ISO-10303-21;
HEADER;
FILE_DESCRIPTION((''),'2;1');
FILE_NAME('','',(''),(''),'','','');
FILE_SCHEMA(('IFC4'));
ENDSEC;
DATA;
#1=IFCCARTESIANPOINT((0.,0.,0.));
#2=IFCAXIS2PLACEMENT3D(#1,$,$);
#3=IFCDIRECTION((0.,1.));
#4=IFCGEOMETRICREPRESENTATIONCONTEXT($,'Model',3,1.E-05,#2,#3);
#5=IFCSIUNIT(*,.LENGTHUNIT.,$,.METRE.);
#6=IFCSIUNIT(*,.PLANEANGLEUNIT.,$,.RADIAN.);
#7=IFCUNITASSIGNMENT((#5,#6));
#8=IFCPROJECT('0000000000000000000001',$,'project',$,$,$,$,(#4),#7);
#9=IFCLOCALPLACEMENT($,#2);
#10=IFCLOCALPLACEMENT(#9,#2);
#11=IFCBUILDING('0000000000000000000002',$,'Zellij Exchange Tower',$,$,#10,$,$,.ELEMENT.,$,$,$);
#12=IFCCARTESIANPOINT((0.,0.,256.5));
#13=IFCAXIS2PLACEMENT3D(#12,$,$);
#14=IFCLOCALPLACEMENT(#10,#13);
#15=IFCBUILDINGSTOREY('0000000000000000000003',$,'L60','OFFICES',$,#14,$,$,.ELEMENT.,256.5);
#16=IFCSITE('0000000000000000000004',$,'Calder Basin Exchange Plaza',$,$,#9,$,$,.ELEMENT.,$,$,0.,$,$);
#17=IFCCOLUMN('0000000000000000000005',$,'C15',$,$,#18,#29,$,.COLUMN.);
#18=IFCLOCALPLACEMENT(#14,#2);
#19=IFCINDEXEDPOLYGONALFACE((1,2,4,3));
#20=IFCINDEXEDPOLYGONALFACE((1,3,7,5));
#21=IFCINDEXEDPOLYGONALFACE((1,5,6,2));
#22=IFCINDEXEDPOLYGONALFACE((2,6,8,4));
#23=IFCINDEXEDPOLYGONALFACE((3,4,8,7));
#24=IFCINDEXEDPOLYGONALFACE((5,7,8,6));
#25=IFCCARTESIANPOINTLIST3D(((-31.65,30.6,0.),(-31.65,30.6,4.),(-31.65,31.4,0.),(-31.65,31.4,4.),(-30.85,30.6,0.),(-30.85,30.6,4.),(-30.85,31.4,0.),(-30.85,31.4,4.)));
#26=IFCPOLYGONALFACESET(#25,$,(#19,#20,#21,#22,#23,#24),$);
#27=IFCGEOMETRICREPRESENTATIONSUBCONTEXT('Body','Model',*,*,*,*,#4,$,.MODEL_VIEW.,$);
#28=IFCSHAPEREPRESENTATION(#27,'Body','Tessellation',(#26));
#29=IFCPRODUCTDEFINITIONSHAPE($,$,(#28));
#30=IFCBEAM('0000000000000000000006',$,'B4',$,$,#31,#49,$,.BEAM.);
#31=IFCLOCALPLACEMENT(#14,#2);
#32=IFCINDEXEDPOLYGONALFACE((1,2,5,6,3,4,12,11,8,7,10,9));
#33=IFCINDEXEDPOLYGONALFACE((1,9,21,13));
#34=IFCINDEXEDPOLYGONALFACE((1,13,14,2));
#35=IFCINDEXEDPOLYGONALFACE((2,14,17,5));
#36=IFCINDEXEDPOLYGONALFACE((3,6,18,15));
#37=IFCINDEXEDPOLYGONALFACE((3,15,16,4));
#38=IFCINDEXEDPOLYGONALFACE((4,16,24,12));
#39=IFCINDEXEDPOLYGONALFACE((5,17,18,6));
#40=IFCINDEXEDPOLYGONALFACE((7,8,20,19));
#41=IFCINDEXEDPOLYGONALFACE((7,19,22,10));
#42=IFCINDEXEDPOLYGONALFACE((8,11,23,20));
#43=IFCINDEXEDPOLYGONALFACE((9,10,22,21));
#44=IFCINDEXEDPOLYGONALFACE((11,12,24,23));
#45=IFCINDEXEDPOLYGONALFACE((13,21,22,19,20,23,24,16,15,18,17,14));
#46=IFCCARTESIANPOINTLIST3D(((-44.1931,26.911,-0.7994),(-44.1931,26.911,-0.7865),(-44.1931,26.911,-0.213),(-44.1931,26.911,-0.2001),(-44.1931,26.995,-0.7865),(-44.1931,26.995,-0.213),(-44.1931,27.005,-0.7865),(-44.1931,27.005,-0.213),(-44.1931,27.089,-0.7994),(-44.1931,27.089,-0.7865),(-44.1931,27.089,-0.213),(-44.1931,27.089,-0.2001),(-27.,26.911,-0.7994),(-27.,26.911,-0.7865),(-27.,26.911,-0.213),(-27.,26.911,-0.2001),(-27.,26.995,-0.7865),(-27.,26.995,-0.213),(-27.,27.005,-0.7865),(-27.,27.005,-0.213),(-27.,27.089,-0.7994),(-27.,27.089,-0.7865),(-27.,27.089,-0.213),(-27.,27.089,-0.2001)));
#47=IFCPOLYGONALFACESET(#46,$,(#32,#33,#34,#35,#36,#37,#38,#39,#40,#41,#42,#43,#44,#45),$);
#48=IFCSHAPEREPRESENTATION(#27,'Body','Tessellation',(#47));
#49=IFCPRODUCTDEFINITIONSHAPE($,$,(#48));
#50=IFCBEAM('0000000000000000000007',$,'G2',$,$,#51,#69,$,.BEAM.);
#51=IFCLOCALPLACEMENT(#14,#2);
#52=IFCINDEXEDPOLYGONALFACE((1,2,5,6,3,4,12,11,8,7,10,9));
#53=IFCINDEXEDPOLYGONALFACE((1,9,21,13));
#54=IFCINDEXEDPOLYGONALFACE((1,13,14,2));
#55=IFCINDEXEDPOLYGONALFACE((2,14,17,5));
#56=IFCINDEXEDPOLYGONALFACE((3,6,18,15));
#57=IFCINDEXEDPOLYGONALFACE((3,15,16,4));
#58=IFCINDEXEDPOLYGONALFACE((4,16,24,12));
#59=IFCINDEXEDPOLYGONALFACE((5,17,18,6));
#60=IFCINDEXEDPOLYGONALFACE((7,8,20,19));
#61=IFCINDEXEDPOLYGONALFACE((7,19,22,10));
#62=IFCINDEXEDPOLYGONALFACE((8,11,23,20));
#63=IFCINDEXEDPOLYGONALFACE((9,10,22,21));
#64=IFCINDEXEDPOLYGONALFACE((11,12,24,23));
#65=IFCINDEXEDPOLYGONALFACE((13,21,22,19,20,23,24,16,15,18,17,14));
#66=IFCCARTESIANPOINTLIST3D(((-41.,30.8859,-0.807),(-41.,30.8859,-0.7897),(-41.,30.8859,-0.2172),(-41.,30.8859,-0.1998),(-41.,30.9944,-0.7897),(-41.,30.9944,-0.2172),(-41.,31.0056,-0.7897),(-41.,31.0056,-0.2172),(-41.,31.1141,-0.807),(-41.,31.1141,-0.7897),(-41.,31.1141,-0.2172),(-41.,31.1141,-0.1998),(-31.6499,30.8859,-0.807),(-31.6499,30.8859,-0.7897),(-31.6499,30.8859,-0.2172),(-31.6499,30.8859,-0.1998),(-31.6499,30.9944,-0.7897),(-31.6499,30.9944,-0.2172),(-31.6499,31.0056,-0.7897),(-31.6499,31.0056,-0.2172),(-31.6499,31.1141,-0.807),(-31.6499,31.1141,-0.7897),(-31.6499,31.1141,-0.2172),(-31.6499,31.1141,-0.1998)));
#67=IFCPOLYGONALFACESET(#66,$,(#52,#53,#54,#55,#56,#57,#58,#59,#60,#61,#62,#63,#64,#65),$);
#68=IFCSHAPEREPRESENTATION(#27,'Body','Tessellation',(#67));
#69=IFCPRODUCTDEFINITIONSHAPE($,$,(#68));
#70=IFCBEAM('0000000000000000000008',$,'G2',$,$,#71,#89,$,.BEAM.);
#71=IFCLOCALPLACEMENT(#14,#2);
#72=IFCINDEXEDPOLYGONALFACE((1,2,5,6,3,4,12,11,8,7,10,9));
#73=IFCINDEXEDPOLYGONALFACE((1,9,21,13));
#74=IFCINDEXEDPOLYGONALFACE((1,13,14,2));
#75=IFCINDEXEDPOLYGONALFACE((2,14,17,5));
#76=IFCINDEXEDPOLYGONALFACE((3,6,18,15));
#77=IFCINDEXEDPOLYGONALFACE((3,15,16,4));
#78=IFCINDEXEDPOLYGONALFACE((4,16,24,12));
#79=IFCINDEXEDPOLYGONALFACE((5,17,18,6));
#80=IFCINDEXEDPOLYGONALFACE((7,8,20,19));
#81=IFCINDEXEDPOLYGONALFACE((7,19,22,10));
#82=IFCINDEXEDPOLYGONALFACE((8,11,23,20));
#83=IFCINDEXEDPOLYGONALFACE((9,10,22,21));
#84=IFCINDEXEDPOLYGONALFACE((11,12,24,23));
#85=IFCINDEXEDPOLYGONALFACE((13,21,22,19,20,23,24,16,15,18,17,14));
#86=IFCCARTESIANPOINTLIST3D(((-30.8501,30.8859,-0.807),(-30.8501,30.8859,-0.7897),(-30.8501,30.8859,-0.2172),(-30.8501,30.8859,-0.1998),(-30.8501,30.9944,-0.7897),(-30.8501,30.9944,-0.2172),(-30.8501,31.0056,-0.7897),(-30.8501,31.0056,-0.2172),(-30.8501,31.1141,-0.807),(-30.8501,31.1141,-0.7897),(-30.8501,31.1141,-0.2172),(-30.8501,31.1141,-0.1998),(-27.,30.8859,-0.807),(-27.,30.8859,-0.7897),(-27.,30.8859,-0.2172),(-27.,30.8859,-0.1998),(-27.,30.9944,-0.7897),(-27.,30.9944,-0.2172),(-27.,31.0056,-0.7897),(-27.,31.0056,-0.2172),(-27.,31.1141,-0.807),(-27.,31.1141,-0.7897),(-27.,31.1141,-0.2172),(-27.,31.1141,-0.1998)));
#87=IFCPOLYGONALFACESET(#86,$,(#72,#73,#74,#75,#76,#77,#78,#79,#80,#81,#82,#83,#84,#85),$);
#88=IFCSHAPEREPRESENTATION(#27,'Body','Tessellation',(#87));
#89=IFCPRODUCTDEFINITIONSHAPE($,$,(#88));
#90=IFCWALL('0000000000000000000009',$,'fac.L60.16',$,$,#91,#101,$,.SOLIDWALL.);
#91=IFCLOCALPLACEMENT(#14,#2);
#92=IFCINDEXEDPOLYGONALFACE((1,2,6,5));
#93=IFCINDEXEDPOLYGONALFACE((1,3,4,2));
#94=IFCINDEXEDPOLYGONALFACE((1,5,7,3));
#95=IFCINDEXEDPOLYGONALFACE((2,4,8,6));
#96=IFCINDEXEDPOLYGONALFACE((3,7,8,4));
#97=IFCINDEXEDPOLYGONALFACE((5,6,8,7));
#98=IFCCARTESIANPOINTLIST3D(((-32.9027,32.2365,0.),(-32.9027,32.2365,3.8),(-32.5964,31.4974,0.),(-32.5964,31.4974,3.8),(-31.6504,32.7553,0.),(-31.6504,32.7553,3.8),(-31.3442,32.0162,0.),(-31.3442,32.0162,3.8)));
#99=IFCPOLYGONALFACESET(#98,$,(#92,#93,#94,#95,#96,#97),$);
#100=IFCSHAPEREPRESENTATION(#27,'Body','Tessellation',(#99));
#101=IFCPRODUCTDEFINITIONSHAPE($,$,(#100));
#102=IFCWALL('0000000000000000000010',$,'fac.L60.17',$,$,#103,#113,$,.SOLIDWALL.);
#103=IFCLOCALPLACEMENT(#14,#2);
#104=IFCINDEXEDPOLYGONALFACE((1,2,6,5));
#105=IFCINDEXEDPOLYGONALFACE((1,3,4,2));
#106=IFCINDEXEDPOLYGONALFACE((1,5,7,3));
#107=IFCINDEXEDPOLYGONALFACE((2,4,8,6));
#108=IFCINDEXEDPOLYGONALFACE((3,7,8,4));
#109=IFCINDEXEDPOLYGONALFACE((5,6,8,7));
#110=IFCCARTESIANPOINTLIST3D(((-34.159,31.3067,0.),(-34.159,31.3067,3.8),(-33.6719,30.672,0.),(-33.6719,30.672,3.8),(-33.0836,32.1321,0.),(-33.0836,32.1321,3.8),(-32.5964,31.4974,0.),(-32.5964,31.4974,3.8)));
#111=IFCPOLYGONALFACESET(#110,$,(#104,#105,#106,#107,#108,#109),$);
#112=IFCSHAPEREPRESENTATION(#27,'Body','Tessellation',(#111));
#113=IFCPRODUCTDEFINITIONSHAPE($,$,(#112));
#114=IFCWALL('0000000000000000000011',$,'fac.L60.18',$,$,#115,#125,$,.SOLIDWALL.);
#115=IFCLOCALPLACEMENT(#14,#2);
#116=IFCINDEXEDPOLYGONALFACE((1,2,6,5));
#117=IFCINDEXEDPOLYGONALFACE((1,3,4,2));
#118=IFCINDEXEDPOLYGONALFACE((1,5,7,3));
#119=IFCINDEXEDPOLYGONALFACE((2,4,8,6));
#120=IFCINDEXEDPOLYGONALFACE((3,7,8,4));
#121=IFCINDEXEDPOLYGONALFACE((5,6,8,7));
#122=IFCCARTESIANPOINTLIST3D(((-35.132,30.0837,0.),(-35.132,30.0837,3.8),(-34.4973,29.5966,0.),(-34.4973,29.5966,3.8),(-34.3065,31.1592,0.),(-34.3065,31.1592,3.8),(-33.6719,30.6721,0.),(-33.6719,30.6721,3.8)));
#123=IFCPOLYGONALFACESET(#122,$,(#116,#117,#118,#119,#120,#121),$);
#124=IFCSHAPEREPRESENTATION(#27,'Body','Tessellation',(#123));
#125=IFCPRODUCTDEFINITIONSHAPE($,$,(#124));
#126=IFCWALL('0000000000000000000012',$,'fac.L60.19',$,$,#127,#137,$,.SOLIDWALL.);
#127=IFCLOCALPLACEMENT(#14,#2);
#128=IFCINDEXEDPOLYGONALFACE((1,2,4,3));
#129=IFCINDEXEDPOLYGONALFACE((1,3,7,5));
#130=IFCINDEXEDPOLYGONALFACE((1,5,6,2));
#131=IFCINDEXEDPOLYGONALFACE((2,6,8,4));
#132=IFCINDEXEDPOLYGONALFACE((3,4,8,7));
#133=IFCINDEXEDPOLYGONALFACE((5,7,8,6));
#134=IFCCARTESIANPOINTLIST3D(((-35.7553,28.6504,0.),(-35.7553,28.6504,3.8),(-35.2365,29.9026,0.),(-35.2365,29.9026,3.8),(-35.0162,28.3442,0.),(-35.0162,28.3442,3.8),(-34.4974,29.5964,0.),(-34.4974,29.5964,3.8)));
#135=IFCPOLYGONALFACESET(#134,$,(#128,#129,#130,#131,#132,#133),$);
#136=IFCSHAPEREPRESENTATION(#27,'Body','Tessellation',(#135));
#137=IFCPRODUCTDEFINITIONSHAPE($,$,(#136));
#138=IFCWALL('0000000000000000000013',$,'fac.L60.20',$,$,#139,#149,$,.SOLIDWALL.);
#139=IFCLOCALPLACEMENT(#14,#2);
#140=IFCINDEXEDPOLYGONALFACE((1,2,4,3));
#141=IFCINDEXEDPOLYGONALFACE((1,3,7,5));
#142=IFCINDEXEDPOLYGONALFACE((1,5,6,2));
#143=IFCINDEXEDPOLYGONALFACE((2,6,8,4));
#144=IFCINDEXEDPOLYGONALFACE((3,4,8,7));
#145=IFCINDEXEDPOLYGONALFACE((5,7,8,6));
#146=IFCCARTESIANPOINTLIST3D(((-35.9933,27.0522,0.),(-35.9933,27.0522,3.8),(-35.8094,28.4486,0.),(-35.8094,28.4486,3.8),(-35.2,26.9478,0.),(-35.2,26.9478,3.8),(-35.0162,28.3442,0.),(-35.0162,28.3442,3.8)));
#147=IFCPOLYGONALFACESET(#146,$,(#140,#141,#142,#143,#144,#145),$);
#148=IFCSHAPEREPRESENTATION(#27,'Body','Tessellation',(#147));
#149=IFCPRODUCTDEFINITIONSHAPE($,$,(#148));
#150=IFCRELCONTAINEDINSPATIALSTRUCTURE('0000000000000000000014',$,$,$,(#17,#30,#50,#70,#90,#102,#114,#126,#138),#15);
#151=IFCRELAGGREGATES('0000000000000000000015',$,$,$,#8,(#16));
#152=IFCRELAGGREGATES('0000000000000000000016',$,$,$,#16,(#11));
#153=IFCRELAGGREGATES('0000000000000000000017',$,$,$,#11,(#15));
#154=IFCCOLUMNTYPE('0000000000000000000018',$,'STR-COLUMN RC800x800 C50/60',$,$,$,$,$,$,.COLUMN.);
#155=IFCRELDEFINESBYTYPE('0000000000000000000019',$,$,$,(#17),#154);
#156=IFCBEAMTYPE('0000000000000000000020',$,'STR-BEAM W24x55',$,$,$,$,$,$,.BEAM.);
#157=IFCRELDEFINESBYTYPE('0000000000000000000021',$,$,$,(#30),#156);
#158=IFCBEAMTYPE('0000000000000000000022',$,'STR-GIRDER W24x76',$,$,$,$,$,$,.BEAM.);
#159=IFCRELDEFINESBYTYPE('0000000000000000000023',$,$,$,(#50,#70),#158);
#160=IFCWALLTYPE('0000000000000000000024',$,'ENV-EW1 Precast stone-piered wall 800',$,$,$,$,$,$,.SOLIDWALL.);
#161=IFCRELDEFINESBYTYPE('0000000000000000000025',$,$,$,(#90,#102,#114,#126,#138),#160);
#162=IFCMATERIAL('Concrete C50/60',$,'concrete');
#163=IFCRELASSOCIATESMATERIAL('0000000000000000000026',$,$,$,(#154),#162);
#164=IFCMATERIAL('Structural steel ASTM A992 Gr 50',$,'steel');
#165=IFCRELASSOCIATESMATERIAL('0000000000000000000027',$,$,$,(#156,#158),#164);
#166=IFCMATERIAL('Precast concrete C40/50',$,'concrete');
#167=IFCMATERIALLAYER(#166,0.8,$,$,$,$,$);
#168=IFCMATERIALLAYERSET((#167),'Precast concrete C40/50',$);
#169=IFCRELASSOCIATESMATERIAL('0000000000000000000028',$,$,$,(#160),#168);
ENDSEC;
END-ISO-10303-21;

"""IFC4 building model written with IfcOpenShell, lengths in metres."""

from ifc_helpers import new_model, si_unit, direction, frame, frame_2d, origin, origin_2d, place, context, subcontext, project, spatial, rectangle, i_section, extrude, material, layer, layer_set, material_profile, profile_set, type_object, element, save


model = new_model("IFC4")

# Units and contexts
model_context = context("Model", 3, precision=1e-05, world=origin(), true_north=direction((0.0, 1.0)))
body_context = subcontext(model_context, "Body", "Model", "MODEL_VIEW")
ifc_project = project(units=[si_unit("LENGTHUNIT", "METRE"), si_unit("PLANEANGLEUNIT", "RADIAN")], contexts=[model_context])

# Site, building, storey
site_placement = place(None, origin())
site = spatial("IfcSite", under=ifc_project, at=site_placement, Name="Calder Basin Exchange Plaza", CompositionType="ELEMENT", RefElevation=0.0)
building_placement = place(site_placement, origin())
building = spatial("IfcBuilding", under=site, at=building_placement, Name="Zellij Exchange Tower", CompositionType="ELEMENT")
storey_placement = place(building_placement, frame((0.0, 0.0, 256.5)))
storey = spatial("IfcBuildingStorey", under=building, at=storey_placement, Name="L60", Description="OFFICES", CompositionType="ELEMENT", Elevation=256.5)

# Column
ifc_material_1 = material(Name="Concrete C50/60", Category="concrete")
ifc_material_profile_1 = material_profile(ifc_material_1, rectangle(XDim=0.8, YDim=0.8, at=origin_2d()), Name="STR-COLUMN RC800x800 C50/60")
ifc_profile_set_1 = profile_set([ifc_material_profile_1], Name="Concrete C50/60")
column_type = type_object("IfcColumnType", Name="STR-COLUMN RC800x800 C50/60", PredefinedType="COLUMN", material=ifc_profile_set_1)
column_placement = place(storey_placement, frame((-31.25, 31.0, 0.0), z_axis=(0.0, 0.0, 1.0), x_axis=(1.0, 0.0, 0.0)))
element("IfcColumn", 1, at=column_placement, inside=storey, type_object=column_type, Name="C15", PredefinedType="COLUMN", context=body_context, shape_type="SweptSolid", body=[
    extrude(rectangle(XDim=0.8, YDim=0.8, at=origin_2d()), origin(), (0.0, 0.0, 1.0), 4.0),
])

# Beams
ifc_material_2 = material(Name="Structural steel ASTM A992 Gr 50", Category="steel")
ifc_material_profile_2 = material_profile(ifc_material_2, i_section(OverallWidth=0.178, OverallDepth=0.5994, WebThickness=0.01, FlangeThickness=0.0129, at=origin_2d()), Name="W24x55")
ifc_profile_set_2 = profile_set([ifc_material_profile_2], Name="Structural steel ASTM A992 Gr 50")
beam_type_1 = type_object("IfcBeamType", Name="STR-BEAM W24x55", PredefinedType="BEAM", material=ifc_profile_set_2)
beam_1_placement = place(storey_placement, frame((-44.1931, 27.0, -0.4998), z_axis=(1.0, 0.0, 0.0), x_axis=(0.0, 1.0, 0.0)))
element("IfcBeam", 2, at=beam_1_placement, inside=storey, type_object=beam_type_1, Name="B4", PredefinedType="BEAM", context=body_context, shape_type="SweptSolid", body=[
    extrude(i_section(OverallWidth=0.178, OverallDepth=0.5994, WebThickness=0.01, FlangeThickness=0.0129, at=origin_2d()), origin(), (0.0, 0.0, 1.0), 17.1931),
])
ifc_material_profile_3 = material_profile(ifc_material_2, i_section(OverallWidth=0.2283, OverallDepth=0.6072, WebThickness=0.0112, FlangeThickness=0.0173, at=origin_2d()), Name="W24x76")
ifc_profile_set_3 = profile_set([ifc_material_profile_3], Name="Structural steel ASTM A992 Gr 50")
beam_type_2 = type_object("IfcBeamType", Name="STR-GIRDER W24x76", PredefinedType="BEAM", material=ifc_profile_set_3)
beam_2_placement = place(storey_placement, frame((-41.0, 31.0, -0.5034), z_axis=(1.0, 0.0, 0.0), x_axis=(0.0, 1.0, 0.0)))
element("IfcBeam", 3, at=beam_2_placement, inside=storey, type_object=beam_type_2, Name="G2", PredefinedType="BEAM", context=body_context, shape_type="SweptSolid", body=[
    extrude(i_section(OverallWidth=0.2283, OverallDepth=0.6072, WebThickness=0.0112, FlangeThickness=0.0173, at=origin_2d()), origin(), (0.0, 0.0, 1.0), 9.3501),
])
beam_3_placement = place(storey_placement, frame((-30.8501, 31.0, -0.5034), z_axis=(1.0, 0.0, 0.0), x_axis=(0.0, 1.0, 0.0)))
element("IfcBeam", 4, at=beam_3_placement, inside=storey, type_object=beam_type_2, Name="G2", PredefinedType="BEAM", context=body_context, shape_type="SweptSolid", body=[
    extrude(i_section(OverallWidth=0.2283, OverallDepth=0.6072, WebThickness=0.0112, FlangeThickness=0.0173, at=origin_2d()), origin(), (0.0, 0.0, 1.0), 3.8501),
])

# Walls
ifc_material_3 = material(Name="Precast concrete C40/50", Category="concrete")
ifc_layer = layer(ifc_material_3, 0.8)
ifc_layer_set = layer_set([ifc_layer], Name="Precast concrete C40/50")
wall_type = type_object("IfcWallType", Name="ENV-EW1 Precast stone-piered wall 800", PredefinedType="SOLIDWALL", material=ifc_layer_set)
wall_1_placement = place(storey_placement, frame((-31.4973, 32.3857, 0.0), z_axis=(0.0, 0.0, 1.0), x_axis=(-0.923848, -0.38276, 0.0)))
element("IfcWall", 5, at=wall_1_placement, inside=storey, type_object=wall_type, Name="fac.L60.16", PredefinedType="SOLIDWALL", context=body_context, shape_type="SweptSolid", body=[
    extrude(rectangle(XDim=1.3555, YDim=0.8, at=frame_2d((0.6777, 0.0))), origin(), (0.0, 0.0, 1.0), 3.8),
])
for number, where, z_axis, x_axis, name in (
    (6, (-32.8401, 31.8147, 0.0), (0.0, 0.0, 1.0), (-0.793273, -0.608866, 0.0), "fac.L60.17"),
    (7, (-33.9893, 30.9155, 0.0), (0.0, 0.0, 1.0), (-0.608866, -0.793273, 0.0), "fac.L60.18"),
):
    element("IfcWall", number, at=place(storey_placement, frame(where, z_axis=z_axis, x_axis=x_axis)), inside=storey, type_object=wall_type, Name=name, PredefinedType="SOLIDWALL", context=body_context, shape_type="SweptSolid", body=[
        extrude(rectangle(XDim=1.3557, YDim=0.8, at=frame_2d((0.6777, 0.0))), origin(), (0.0, 0.0, 1.0), 3.8),
    ])
wall_2_placement = place(storey_placement, frame((-34.8669, 29.7495, 0.0), z_axis=(0.0, 0.0, 1.0), x_axis=(-0.38276, -0.923848, 0.0)))
element("IfcWall", 8, at=wall_2_placement, inside=storey, type_object=wall_type, Name="fac.L60.19", PredefinedType="SOLIDWALL", context=body_context, shape_type="SweptSolid", body=[
    extrude(rectangle(XDim=1.3555, YDim=0.8, at=frame_2d((0.6777, 0.0))), origin(), (0.0, 0.0, 1.0), 3.8),
])
wall_3_placement = place(storey_placement, frame((-35.4128, 28.3962, 0.0), z_axis=(0.0, 0.0, 1.0), x_axis=(-0.130517, -0.991446, 0.0)))
element("IfcWall", 9, at=wall_3_placement, inside=storey, type_object=wall_type, Name="fac.L60.20", PredefinedType="SOLIDWALL", context=body_context, shape_type="SweptSolid", body=[
    extrude(rectangle(XDim=1.4084, YDim=0.8, at=frame_2d((0.7041, 0.0))), origin(), (0.0, 0.0, 1.0), 3.8),
])

save(model, "model.ifc")
